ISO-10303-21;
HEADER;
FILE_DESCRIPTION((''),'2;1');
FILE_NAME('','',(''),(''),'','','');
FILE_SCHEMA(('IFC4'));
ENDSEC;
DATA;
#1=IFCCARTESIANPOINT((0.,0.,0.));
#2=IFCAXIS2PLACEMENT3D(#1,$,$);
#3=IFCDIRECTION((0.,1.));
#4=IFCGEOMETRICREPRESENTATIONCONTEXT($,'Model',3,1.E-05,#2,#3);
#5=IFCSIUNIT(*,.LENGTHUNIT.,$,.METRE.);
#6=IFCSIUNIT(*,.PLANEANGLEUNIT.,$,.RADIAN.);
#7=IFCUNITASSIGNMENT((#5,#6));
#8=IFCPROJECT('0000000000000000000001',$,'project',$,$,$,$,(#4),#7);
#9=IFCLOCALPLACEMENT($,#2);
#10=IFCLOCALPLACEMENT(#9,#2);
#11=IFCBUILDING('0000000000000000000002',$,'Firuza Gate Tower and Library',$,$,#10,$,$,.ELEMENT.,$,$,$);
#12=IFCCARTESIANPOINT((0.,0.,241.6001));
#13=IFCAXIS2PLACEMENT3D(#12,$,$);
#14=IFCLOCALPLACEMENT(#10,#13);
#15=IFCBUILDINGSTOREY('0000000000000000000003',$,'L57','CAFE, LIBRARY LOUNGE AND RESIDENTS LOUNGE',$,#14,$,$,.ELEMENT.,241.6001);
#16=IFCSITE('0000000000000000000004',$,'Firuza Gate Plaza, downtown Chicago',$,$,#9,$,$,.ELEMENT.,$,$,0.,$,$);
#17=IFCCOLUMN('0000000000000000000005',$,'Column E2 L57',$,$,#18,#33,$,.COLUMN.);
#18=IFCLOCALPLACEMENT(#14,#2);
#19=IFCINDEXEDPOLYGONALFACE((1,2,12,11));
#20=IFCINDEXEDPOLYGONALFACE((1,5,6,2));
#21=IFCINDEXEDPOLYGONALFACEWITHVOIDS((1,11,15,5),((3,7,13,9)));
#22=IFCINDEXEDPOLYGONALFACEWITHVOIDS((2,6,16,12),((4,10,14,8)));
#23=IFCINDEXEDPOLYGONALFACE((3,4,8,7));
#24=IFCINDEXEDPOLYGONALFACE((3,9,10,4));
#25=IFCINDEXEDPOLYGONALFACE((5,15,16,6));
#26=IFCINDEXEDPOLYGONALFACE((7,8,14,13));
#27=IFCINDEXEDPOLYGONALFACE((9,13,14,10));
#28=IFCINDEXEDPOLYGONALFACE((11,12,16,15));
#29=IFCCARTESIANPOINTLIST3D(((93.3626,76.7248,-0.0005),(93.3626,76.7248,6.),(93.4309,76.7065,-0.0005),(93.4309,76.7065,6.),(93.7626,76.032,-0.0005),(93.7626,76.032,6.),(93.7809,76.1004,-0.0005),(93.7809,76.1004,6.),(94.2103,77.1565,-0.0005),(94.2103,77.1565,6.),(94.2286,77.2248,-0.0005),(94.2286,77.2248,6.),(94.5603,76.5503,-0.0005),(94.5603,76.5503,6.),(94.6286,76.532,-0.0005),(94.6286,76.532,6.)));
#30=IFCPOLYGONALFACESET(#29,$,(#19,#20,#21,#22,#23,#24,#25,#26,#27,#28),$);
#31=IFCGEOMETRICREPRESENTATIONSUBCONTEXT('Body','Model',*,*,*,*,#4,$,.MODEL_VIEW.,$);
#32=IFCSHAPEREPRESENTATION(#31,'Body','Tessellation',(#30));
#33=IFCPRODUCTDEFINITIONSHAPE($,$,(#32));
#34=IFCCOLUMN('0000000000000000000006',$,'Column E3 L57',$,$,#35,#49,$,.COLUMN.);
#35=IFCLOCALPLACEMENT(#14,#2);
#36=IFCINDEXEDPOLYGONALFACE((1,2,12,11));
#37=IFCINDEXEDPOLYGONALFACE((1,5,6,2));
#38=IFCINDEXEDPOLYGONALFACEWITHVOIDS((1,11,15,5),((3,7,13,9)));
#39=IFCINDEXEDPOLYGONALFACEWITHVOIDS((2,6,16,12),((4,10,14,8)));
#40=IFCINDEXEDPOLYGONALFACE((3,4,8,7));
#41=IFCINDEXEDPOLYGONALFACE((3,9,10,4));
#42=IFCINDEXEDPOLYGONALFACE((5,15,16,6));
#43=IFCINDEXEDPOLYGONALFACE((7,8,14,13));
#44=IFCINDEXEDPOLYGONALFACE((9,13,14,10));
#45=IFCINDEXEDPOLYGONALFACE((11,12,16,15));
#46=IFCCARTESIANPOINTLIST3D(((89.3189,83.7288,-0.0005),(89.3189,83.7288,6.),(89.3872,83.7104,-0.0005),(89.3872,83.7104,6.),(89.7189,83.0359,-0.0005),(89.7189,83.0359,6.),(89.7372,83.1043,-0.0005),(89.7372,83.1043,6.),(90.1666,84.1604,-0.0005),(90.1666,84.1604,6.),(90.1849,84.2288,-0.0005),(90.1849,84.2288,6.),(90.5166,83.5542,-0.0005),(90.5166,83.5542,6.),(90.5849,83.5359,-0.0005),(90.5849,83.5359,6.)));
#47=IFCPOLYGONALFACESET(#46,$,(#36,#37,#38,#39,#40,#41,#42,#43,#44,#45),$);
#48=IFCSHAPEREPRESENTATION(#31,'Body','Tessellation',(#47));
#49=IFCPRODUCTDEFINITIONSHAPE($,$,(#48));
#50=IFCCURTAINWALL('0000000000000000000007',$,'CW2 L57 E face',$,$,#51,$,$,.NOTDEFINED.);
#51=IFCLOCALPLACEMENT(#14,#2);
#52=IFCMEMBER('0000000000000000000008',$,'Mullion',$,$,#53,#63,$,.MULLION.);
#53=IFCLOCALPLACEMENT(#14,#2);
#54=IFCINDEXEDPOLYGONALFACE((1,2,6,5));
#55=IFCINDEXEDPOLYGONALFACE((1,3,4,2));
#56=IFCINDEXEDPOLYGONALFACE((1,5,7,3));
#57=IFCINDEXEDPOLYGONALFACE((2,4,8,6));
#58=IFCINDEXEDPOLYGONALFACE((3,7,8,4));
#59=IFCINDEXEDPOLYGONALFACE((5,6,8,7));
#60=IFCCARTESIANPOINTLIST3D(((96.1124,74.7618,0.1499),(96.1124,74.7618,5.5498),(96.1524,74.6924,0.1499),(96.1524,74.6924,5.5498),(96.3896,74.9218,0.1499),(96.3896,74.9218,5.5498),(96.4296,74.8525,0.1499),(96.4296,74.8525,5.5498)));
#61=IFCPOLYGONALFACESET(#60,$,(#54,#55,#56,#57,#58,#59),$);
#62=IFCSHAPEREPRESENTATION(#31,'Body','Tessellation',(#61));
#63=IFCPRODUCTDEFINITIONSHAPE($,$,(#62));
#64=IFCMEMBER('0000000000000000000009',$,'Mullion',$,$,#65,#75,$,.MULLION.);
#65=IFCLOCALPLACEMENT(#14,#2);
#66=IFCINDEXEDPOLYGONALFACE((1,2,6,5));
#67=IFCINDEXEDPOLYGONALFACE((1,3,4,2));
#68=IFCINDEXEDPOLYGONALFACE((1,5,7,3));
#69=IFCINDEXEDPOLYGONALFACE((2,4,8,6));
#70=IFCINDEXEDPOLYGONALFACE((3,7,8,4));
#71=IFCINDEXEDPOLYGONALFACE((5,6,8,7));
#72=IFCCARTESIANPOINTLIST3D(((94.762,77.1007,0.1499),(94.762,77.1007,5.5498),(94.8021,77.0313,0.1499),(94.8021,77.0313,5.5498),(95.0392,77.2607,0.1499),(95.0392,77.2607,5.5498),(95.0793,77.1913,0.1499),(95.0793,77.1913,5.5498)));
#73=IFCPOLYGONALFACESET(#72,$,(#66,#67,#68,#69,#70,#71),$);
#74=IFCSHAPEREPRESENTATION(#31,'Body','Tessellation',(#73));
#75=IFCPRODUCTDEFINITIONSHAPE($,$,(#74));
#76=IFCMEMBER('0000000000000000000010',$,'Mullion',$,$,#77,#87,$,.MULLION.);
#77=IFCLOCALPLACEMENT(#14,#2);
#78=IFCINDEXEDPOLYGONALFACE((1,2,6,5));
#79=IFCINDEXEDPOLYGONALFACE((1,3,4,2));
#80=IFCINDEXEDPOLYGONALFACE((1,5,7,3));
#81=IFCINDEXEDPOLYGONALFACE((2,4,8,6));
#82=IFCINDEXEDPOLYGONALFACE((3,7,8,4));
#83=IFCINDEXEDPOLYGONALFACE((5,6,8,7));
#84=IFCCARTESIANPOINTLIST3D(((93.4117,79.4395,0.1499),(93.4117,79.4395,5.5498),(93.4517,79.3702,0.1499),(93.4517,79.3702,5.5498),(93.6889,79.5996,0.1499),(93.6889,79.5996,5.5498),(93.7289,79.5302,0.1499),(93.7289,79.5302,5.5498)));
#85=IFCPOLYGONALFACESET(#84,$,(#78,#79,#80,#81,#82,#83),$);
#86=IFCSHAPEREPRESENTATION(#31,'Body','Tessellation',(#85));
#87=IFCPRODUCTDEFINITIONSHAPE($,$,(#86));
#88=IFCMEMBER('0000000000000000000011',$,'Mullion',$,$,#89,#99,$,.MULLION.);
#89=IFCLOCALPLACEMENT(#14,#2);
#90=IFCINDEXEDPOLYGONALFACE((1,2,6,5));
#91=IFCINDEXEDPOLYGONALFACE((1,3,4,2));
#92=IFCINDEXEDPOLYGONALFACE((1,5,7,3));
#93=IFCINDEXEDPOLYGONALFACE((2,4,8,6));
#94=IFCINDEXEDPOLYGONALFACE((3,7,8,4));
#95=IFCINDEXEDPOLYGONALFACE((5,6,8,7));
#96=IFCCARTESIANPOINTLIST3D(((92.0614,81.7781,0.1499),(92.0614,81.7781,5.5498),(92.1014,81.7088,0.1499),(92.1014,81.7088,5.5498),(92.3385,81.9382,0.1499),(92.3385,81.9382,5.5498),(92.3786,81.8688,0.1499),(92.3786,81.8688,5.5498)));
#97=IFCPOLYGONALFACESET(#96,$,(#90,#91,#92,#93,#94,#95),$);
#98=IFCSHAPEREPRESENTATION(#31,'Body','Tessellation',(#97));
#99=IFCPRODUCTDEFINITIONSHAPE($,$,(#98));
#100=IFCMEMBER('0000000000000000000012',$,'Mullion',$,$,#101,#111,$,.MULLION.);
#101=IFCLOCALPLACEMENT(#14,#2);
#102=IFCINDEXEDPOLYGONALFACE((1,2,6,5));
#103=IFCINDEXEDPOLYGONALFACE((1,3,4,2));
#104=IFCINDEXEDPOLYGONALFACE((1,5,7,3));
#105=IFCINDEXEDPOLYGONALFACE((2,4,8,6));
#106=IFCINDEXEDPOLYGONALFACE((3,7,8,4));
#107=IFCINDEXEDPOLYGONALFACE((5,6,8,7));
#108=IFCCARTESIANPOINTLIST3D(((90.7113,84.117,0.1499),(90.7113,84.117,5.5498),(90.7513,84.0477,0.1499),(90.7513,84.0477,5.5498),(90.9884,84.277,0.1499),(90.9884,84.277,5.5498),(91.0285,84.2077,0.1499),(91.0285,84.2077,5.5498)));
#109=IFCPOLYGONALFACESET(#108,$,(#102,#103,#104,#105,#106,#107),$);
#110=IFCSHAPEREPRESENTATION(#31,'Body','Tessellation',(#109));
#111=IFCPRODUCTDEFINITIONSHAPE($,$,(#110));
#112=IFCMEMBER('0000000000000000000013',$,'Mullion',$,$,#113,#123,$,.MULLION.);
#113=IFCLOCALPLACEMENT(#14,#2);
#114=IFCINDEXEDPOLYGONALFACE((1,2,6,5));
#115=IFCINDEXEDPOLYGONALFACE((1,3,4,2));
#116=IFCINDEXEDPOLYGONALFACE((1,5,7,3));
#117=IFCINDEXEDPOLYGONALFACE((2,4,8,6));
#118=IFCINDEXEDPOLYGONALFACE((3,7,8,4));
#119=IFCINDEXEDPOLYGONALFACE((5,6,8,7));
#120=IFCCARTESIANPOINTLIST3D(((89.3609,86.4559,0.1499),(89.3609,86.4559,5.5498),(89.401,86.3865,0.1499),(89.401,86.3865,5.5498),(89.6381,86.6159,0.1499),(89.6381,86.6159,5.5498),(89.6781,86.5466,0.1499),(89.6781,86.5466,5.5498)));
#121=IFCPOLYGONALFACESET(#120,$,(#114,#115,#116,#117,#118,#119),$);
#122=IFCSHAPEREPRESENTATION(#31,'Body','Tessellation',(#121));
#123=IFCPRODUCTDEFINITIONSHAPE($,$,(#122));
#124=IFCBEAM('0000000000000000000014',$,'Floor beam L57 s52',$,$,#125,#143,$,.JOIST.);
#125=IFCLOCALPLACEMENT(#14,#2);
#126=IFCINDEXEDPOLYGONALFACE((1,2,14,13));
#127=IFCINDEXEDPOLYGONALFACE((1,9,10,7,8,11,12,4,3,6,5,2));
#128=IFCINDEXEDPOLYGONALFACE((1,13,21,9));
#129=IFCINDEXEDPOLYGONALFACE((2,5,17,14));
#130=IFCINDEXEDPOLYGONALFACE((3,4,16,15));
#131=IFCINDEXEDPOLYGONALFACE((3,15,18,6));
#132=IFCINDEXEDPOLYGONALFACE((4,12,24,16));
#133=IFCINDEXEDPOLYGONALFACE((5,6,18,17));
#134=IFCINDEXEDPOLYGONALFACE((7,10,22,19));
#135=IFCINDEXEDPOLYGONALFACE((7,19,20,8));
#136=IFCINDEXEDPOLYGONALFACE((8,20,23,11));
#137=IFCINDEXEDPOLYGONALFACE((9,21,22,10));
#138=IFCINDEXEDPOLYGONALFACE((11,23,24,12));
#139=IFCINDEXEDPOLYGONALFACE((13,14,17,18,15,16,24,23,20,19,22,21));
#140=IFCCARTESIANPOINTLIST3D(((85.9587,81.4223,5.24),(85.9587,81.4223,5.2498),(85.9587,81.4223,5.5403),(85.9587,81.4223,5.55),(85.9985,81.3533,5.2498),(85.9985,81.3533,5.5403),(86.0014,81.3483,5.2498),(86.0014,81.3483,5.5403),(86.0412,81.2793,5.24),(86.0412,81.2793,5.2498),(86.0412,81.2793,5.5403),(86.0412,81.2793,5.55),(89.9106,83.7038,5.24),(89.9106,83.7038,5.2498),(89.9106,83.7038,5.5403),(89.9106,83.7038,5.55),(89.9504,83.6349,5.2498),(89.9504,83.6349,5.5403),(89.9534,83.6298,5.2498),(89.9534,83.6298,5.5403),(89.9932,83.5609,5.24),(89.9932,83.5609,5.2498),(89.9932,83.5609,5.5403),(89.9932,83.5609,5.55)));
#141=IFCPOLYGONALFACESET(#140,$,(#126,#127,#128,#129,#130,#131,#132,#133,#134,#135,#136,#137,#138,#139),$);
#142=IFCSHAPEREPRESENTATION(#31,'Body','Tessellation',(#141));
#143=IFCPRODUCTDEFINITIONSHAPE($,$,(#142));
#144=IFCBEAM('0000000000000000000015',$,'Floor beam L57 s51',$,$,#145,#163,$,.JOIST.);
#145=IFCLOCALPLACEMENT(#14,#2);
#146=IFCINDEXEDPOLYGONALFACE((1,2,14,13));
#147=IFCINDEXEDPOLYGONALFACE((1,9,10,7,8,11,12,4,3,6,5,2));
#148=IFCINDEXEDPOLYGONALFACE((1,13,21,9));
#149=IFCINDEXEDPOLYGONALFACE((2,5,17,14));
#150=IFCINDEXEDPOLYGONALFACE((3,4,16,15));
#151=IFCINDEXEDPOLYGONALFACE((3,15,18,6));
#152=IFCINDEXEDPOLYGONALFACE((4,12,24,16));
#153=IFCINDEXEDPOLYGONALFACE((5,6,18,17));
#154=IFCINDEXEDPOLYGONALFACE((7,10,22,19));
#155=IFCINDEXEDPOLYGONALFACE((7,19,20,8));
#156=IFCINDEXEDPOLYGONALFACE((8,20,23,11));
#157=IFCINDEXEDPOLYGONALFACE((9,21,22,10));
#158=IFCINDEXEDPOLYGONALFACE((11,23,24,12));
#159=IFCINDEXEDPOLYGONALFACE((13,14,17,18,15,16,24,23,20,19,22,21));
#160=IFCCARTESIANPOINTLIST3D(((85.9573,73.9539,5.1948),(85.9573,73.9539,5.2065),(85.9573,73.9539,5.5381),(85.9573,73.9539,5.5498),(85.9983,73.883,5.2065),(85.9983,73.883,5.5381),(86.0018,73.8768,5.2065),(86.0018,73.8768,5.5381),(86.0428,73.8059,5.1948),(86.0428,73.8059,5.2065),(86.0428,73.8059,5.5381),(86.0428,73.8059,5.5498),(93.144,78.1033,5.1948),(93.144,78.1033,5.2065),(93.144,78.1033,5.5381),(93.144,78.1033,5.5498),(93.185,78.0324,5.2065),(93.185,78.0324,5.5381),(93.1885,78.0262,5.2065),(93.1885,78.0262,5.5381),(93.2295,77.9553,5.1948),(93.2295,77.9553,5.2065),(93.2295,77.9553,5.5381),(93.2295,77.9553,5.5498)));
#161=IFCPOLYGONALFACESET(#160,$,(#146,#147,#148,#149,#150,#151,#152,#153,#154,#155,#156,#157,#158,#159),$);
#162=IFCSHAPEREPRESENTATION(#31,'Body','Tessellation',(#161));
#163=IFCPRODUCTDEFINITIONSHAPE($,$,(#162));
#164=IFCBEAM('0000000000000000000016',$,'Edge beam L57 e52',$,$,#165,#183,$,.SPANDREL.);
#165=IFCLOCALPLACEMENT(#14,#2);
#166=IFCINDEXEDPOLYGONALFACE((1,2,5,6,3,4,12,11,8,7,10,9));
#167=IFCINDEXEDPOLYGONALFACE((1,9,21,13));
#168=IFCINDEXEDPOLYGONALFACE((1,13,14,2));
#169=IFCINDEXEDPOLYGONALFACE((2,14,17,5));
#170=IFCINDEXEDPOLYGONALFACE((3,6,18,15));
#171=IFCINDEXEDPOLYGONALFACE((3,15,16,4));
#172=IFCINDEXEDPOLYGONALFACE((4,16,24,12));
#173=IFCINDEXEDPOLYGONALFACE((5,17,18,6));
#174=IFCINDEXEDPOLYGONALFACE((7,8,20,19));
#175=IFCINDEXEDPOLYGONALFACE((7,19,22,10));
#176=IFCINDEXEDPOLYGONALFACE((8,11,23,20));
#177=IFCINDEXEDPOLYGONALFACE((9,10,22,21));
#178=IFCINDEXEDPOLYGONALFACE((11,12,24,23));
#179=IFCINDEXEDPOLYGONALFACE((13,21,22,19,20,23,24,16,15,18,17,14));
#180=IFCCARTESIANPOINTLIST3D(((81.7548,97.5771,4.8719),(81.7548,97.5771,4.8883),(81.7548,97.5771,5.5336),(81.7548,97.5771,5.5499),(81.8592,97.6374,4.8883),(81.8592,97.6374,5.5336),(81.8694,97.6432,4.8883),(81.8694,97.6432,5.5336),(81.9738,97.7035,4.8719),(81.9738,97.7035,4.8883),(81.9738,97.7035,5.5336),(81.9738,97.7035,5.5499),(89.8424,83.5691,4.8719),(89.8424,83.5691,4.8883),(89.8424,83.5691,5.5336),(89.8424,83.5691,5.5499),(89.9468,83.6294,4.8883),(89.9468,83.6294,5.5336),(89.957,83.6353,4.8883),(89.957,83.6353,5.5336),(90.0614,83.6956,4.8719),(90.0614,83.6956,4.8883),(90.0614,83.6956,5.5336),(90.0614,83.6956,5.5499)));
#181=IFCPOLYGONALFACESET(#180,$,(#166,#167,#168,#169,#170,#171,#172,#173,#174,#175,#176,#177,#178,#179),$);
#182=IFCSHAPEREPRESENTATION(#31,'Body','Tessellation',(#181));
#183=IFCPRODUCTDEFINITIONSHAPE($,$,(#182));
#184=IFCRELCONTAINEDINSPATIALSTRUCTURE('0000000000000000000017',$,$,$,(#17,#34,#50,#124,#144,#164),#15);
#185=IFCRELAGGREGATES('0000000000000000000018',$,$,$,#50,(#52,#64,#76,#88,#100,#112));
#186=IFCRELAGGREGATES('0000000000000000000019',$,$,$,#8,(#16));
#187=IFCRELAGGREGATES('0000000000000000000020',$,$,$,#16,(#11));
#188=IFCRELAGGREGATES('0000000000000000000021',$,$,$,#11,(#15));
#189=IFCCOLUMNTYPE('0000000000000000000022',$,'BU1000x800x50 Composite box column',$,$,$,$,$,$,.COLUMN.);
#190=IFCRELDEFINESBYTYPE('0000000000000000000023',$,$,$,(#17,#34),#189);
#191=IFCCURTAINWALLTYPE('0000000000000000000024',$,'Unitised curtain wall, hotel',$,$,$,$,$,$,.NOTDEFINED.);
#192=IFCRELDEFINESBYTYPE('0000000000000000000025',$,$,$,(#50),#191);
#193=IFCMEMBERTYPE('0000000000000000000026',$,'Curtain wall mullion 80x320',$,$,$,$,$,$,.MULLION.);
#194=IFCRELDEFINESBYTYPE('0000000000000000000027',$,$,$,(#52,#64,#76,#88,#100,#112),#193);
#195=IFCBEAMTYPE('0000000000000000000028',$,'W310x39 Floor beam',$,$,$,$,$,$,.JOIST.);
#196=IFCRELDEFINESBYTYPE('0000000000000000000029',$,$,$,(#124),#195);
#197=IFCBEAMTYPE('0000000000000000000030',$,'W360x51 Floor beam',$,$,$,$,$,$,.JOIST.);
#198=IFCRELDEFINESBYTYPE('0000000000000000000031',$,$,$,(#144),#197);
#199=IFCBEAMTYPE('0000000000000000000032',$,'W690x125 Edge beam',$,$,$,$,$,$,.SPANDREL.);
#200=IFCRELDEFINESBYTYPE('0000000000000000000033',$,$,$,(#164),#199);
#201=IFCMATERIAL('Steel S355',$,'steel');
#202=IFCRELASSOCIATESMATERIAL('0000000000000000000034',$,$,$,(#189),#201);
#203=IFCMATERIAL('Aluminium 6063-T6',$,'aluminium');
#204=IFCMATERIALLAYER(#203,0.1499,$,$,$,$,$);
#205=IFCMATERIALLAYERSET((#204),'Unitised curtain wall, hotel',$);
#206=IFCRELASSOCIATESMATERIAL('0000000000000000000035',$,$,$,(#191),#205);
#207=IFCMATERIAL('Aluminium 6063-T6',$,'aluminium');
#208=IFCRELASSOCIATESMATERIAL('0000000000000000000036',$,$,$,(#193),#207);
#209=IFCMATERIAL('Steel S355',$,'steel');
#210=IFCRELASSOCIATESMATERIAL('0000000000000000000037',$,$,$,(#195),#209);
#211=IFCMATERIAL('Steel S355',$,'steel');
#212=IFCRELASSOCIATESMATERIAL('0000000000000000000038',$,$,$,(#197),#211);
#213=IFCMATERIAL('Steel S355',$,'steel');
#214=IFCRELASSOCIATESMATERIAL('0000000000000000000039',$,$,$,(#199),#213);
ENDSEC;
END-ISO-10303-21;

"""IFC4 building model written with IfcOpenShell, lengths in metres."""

from ifc_helpers import new_model, si_unit, direction, frame, origin, origin_2d, place, context, subcontext, project, spatial, rectangle, hollow_rectangle, i_section, extrude, material, layer, layer_set, material_profile, profile_set, type_object, element, aggregate, save


model = new_model("IFC4")

# Units and contexts
model_context = context("Model", 3, precision=1e-05, world=origin(), true_north=direction((0.0, 1.0)))
body_context = subcontext(model_context, "Body", "Model", "MODEL_VIEW")
ifc_project = project(units=[si_unit("LENGTHUNIT", "METRE"), si_unit("PLANEANGLEUNIT", "RADIAN")], contexts=[model_context])

# Site, building, storey
site_placement = place(None, origin())
site = spatial("IfcSite", under=ifc_project, at=site_placement, Name="Firuza Gate Plaza, downtown Chicago", CompositionType="ELEMENT", RefElevation=0.0)
building_placement = place(site_placement, origin())
building = spatial("IfcBuilding", under=site, at=building_placement, Name="Firuza Gate Tower and Library", CompositionType="ELEMENT")
storey_placement = place(building_placement, frame((0.0, 0.0, 241.6001)))
storey = spatial("IfcBuildingStorey", under=building, at=storey_placement, Name="L57", Description="CAFE, LIBRARY LOUNGE AND RESIDENTS LOUNGE", CompositionType="ELEMENT", Elevation=241.6001)

# Columns
ifc_material_1 = material(Name="Steel S355", Category="steel")
ifc_material_profile_1 = material_profile(ifc_material_1, hollow_rectangle(XDim=0.8, YDim=1.0, WallThickness=0.05, at=origin_2d()))
ifc_profile_set_1 = profile_set([ifc_material_profile_1], Name="Steel S355")
column_type = type_object("IfcColumnType", Name="BU1000x800x50 Composite box column", PredefinedType="COLUMN", material=ifc_profile_set_1)
for number, where, z_axis, x_axis, name in (
    (1, (93.9956, 76.6284, -0.0005), (0.0, 0.0, 1.0), (-0.5, 0.866025, 0.0), "Column E2 L57"),
    (2, (89.9519, 83.6323, -0.0005), (0.0, 0.0, 1.0), (-0.5, 0.866025, 0.0), "Column E3 L57"),
):
    element("IfcColumn", number, at=place(storey_placement, frame(where, z_axis=z_axis, x_axis=x_axis)), inside=storey, type_object=column_type, Name=name, PredefinedType="COLUMN", context=body_context, shape_type="SweptSolid", body=[
        extrude(hollow_rectangle(XDim=0.8, YDim=1.0, WallThickness=0.05, at=origin_2d()), origin(), (0.0, 0.0, 1.0), 6.0005),
    ])

# Curtain wall, members
ifc_material_2 = material(Name="Aluminium 6063-T6", Category="aluminium")
ifc_layer_1 = layer(ifc_material_2, 0.1499)
ifc_layer_set_1 = layer_set([ifc_layer_1], Name="Unitised curtain wall, hotel")
curtain_wall_type = type_object("IfcCurtainWallType", Name="Unitised curtain wall, hotel", PredefinedType="NOTDEFINED", material=ifc_layer_set_1)
curtain_wall_placement = place(storey_placement, origin())
curtain_wall = element("IfcCurtainWall", 3, at=curtain_wall_placement, inside=storey, type_object=curtain_wall_type, Name="CW2 L57 E face", PredefinedType="NOTDEFINED")
ifc_material_3 = material(Name="Aluminium 6063-T6", Category="aluminium")
ifc_material_profile_2 = material_profile(ifc_material_3, rectangle(XDim=0.3201, YDim=0.0801, at=origin_2d()))
ifc_profile_set_2 = profile_set([ifc_material_profile_2], Name="Aluminium 6063-T6")
member_type = type_object("IfcMemberType", Name="Curtain wall mullion 80x320", PredefinedType="MULLION", material=ifc_profile_set_2)
member_1_placement = place(storey_placement, frame((96.271, 74.8071, 0.1499), z_axis=(0.0, 0.0, 1.0), x_axis=(-0.866025, -0.5, 0.0)))
member_1 = element("IfcMember", 4, at=member_1_placement, type_object=member_type, Name="Mullion", PredefinedType="MULLION", context=body_context, shape_type="SweptSolid", body=[
    extrude(rectangle(XDim=0.3201, YDim=0.0801, at=origin_2d()), origin(), (0.0, 0.0, 1.0), 5.3999),
])
member_2_placement = place(storey_placement, frame((94.9207, 77.146, 0.1499), z_axis=(0.0, 0.0, 1.0), x_axis=(-0.866025, -0.5, 0.0)))
member_2 = element("IfcMember", 5, at=member_2_placement, type_object=member_type, Name="Mullion", PredefinedType="MULLION", context=body_context, shape_type="SweptSolid", body=[
    extrude(rectangle(XDim=0.3201, YDim=0.0801, at=origin_2d()), origin(), (0.0, 0.0, 1.0), 5.3999),
])
member_3_placement = place(storey_placement, frame((93.5703, 79.4849, 0.1499), z_axis=(0.0, 0.0, 1.0), x_axis=(-0.866025, -0.5, 0.0)))
member_3 = element("IfcMember", 6, at=member_3_placement, type_object=member_type, Name="Mullion", PredefinedType="MULLION", context=body_context, shape_type="SweptSolid", body=[
    extrude(rectangle(XDim=0.3201, YDim=0.0801, at=origin_2d()), origin(), (0.0, 0.0, 1.0), 5.3999),
])
member_4_placement = place(storey_placement, frame((92.22, 81.8235, 0.1499), z_axis=(0.0, 0.0, 1.0), x_axis=(-0.866025, -0.5, 0.0)))
member_4 = element("IfcMember", 7, at=member_4_placement, type_object=member_type, Name="Mullion", PredefinedType="MULLION", context=body_context, shape_type="SweptSolid", body=[
    extrude(rectangle(XDim=0.3201, YDim=0.0801, at=origin_2d()), origin(), (0.0, 0.0, 1.0), 5.3999),
])
member_5_placement = place(storey_placement, frame((90.8699, 84.1624, 0.1499), z_axis=(0.0, 0.0, 1.0), x_axis=(-0.866025, -0.5, 0.0)))
member_5 = element("IfcMember", 8, at=member_5_placement, type_object=member_type, Name="Mullion", PredefinedType="MULLION", context=body_context, shape_type="SweptSolid", body=[
    extrude(rectangle(XDim=0.3201, YDim=0.0801, at=origin_2d()), origin(), (0.0, 0.0, 1.0), 5.3999),
])
member_6_placement = place(storey_placement, frame((89.5195, 86.5012, 0.1499), z_axis=(0.0, 0.0, 1.0), x_axis=(-0.866025, -0.5, 0.0)))
member_6 = element("IfcMember", 9, at=member_6_placement, type_object=member_type, Name="Mullion", PredefinedType="MULLION", context=body_context, shape_type="SweptSolid", body=[
    extrude(rectangle(XDim=0.3201, YDim=0.0801, at=origin_2d()), origin(), (0.0, 0.0, 1.0), 5.3999),
])

# Beams
ifc_material_4 = material(Name="Steel S355", Category="steel")
ifc_material_profile_3 = material_profile(ifc_material_4, i_section(OverallWidth=0.165, OverallDepth=0.3101, WebThickness=0.0059, FlangeThickness=0.0098, at=origin_2d()))
ifc_profile_set_3 = profile_set([ifc_material_profile_3], Name="Steel S355")
beam_type_1 = type_object("IfcBeamType", Name="W310x39 Floor beam", PredefinedType="JOIST", material=ifc_profile_set_3)
beam_1_placement = place(storey_placement, frame((89.9519, 83.6323, 5.395), z_axis=(-0.866039, -0.499977, 0.0), x_axis=(0.499977, -0.866039, 0.0)))
element("IfcBeam", 10, at=beam_1_placement, inside=storey, type_object=beam_type_1, Name="Floor beam L57 s52", PredefinedType="JOIST", context=body_context, shape_type="SweptSolid", body=[
    extrude(i_section(OverallWidth=0.165, OverallDepth=0.3101, WebThickness=0.0059, FlangeThickness=0.0098, at=origin_2d()), origin(), (0.0, 0.0, 1.0), 4.5632),
])
ifc_material_5 = material(Name="Steel S355", Category="steel")
ifc_material_profile_4 = material_profile(ifc_material_5, i_section(OverallWidth=0.1709, OverallDepth=0.355, WebThickness=0.0071, FlangeThickness=0.0117, at=origin_2d()))
ifc_profile_set_4 = profile_set([ifc_material_profile_4], Name="Steel S355")
beam_type_2 = type_object("IfcBeamType", Name="W360x51 Floor beam", PredefinedType="JOIST", material=ifc_profile_set_4)
beam_2_placement = place(storey_placement, frame((93.1868, 78.0293, 5.3723), z_axis=(-0.866019, -0.500012, 0.0), x_axis=(0.500012, -0.866019, 0.0)))
element("IfcBeam", 11, at=beam_2_placement, inside=storey, type_object=beam_type_2, Name="Floor beam L57 s51", PredefinedType="JOIST", context=body_context, shape_type="SweptSolid", body=[
    extrude(i_section(OverallWidth=0.1709, OverallDepth=0.355, WebThickness=0.0071, FlangeThickness=0.0117, at=origin_2d()), origin(), (0.0, 0.0, 1.0), 8.2986),
])
ifc_material_6 = material(Name="Steel S355", Category="steel")
ifc_material_profile_5 = material_profile(ifc_material_6, i_section(OverallWidth=0.2529, OverallDepth=0.678, WebThickness=0.0117, FlangeThickness=0.0164, at=origin_2d()))
ifc_profile_set_5 = profile_set([ifc_material_profile_5], Name="Steel S355")
beam_type_3 = type_object("IfcBeamType", Name="W690x125 Edge beam", PredefinedType="SPANDREL", material=ifc_profile_set_5)
beam_3_placement = place(storey_placement, frame((89.9519, 83.6323, 5.2109), z_axis=(-0.500004, 0.866023, 0.0), x_axis=(-0.866023, -0.500004, 0.0)))
element("IfcBeam", 12, at=beam_3_placement, inside=storey, type_object=beam_type_3, Name="Edge beam L57 e52", PredefinedType="SPANDREL", context=body_context, shape_type="SweptSolid", body=[
    extrude(i_section(OverallWidth=0.2529, OverallDepth=0.678, WebThickness=0.0117, FlangeThickness=0.0164, at=origin_2d()), origin(), (0.0, 0.0, 1.0), 16.175),
])

aggregate(curtain_wall, [member_1, member_2, member_3, member_4, member_5, member_6])

save(model, "model.ifc")
